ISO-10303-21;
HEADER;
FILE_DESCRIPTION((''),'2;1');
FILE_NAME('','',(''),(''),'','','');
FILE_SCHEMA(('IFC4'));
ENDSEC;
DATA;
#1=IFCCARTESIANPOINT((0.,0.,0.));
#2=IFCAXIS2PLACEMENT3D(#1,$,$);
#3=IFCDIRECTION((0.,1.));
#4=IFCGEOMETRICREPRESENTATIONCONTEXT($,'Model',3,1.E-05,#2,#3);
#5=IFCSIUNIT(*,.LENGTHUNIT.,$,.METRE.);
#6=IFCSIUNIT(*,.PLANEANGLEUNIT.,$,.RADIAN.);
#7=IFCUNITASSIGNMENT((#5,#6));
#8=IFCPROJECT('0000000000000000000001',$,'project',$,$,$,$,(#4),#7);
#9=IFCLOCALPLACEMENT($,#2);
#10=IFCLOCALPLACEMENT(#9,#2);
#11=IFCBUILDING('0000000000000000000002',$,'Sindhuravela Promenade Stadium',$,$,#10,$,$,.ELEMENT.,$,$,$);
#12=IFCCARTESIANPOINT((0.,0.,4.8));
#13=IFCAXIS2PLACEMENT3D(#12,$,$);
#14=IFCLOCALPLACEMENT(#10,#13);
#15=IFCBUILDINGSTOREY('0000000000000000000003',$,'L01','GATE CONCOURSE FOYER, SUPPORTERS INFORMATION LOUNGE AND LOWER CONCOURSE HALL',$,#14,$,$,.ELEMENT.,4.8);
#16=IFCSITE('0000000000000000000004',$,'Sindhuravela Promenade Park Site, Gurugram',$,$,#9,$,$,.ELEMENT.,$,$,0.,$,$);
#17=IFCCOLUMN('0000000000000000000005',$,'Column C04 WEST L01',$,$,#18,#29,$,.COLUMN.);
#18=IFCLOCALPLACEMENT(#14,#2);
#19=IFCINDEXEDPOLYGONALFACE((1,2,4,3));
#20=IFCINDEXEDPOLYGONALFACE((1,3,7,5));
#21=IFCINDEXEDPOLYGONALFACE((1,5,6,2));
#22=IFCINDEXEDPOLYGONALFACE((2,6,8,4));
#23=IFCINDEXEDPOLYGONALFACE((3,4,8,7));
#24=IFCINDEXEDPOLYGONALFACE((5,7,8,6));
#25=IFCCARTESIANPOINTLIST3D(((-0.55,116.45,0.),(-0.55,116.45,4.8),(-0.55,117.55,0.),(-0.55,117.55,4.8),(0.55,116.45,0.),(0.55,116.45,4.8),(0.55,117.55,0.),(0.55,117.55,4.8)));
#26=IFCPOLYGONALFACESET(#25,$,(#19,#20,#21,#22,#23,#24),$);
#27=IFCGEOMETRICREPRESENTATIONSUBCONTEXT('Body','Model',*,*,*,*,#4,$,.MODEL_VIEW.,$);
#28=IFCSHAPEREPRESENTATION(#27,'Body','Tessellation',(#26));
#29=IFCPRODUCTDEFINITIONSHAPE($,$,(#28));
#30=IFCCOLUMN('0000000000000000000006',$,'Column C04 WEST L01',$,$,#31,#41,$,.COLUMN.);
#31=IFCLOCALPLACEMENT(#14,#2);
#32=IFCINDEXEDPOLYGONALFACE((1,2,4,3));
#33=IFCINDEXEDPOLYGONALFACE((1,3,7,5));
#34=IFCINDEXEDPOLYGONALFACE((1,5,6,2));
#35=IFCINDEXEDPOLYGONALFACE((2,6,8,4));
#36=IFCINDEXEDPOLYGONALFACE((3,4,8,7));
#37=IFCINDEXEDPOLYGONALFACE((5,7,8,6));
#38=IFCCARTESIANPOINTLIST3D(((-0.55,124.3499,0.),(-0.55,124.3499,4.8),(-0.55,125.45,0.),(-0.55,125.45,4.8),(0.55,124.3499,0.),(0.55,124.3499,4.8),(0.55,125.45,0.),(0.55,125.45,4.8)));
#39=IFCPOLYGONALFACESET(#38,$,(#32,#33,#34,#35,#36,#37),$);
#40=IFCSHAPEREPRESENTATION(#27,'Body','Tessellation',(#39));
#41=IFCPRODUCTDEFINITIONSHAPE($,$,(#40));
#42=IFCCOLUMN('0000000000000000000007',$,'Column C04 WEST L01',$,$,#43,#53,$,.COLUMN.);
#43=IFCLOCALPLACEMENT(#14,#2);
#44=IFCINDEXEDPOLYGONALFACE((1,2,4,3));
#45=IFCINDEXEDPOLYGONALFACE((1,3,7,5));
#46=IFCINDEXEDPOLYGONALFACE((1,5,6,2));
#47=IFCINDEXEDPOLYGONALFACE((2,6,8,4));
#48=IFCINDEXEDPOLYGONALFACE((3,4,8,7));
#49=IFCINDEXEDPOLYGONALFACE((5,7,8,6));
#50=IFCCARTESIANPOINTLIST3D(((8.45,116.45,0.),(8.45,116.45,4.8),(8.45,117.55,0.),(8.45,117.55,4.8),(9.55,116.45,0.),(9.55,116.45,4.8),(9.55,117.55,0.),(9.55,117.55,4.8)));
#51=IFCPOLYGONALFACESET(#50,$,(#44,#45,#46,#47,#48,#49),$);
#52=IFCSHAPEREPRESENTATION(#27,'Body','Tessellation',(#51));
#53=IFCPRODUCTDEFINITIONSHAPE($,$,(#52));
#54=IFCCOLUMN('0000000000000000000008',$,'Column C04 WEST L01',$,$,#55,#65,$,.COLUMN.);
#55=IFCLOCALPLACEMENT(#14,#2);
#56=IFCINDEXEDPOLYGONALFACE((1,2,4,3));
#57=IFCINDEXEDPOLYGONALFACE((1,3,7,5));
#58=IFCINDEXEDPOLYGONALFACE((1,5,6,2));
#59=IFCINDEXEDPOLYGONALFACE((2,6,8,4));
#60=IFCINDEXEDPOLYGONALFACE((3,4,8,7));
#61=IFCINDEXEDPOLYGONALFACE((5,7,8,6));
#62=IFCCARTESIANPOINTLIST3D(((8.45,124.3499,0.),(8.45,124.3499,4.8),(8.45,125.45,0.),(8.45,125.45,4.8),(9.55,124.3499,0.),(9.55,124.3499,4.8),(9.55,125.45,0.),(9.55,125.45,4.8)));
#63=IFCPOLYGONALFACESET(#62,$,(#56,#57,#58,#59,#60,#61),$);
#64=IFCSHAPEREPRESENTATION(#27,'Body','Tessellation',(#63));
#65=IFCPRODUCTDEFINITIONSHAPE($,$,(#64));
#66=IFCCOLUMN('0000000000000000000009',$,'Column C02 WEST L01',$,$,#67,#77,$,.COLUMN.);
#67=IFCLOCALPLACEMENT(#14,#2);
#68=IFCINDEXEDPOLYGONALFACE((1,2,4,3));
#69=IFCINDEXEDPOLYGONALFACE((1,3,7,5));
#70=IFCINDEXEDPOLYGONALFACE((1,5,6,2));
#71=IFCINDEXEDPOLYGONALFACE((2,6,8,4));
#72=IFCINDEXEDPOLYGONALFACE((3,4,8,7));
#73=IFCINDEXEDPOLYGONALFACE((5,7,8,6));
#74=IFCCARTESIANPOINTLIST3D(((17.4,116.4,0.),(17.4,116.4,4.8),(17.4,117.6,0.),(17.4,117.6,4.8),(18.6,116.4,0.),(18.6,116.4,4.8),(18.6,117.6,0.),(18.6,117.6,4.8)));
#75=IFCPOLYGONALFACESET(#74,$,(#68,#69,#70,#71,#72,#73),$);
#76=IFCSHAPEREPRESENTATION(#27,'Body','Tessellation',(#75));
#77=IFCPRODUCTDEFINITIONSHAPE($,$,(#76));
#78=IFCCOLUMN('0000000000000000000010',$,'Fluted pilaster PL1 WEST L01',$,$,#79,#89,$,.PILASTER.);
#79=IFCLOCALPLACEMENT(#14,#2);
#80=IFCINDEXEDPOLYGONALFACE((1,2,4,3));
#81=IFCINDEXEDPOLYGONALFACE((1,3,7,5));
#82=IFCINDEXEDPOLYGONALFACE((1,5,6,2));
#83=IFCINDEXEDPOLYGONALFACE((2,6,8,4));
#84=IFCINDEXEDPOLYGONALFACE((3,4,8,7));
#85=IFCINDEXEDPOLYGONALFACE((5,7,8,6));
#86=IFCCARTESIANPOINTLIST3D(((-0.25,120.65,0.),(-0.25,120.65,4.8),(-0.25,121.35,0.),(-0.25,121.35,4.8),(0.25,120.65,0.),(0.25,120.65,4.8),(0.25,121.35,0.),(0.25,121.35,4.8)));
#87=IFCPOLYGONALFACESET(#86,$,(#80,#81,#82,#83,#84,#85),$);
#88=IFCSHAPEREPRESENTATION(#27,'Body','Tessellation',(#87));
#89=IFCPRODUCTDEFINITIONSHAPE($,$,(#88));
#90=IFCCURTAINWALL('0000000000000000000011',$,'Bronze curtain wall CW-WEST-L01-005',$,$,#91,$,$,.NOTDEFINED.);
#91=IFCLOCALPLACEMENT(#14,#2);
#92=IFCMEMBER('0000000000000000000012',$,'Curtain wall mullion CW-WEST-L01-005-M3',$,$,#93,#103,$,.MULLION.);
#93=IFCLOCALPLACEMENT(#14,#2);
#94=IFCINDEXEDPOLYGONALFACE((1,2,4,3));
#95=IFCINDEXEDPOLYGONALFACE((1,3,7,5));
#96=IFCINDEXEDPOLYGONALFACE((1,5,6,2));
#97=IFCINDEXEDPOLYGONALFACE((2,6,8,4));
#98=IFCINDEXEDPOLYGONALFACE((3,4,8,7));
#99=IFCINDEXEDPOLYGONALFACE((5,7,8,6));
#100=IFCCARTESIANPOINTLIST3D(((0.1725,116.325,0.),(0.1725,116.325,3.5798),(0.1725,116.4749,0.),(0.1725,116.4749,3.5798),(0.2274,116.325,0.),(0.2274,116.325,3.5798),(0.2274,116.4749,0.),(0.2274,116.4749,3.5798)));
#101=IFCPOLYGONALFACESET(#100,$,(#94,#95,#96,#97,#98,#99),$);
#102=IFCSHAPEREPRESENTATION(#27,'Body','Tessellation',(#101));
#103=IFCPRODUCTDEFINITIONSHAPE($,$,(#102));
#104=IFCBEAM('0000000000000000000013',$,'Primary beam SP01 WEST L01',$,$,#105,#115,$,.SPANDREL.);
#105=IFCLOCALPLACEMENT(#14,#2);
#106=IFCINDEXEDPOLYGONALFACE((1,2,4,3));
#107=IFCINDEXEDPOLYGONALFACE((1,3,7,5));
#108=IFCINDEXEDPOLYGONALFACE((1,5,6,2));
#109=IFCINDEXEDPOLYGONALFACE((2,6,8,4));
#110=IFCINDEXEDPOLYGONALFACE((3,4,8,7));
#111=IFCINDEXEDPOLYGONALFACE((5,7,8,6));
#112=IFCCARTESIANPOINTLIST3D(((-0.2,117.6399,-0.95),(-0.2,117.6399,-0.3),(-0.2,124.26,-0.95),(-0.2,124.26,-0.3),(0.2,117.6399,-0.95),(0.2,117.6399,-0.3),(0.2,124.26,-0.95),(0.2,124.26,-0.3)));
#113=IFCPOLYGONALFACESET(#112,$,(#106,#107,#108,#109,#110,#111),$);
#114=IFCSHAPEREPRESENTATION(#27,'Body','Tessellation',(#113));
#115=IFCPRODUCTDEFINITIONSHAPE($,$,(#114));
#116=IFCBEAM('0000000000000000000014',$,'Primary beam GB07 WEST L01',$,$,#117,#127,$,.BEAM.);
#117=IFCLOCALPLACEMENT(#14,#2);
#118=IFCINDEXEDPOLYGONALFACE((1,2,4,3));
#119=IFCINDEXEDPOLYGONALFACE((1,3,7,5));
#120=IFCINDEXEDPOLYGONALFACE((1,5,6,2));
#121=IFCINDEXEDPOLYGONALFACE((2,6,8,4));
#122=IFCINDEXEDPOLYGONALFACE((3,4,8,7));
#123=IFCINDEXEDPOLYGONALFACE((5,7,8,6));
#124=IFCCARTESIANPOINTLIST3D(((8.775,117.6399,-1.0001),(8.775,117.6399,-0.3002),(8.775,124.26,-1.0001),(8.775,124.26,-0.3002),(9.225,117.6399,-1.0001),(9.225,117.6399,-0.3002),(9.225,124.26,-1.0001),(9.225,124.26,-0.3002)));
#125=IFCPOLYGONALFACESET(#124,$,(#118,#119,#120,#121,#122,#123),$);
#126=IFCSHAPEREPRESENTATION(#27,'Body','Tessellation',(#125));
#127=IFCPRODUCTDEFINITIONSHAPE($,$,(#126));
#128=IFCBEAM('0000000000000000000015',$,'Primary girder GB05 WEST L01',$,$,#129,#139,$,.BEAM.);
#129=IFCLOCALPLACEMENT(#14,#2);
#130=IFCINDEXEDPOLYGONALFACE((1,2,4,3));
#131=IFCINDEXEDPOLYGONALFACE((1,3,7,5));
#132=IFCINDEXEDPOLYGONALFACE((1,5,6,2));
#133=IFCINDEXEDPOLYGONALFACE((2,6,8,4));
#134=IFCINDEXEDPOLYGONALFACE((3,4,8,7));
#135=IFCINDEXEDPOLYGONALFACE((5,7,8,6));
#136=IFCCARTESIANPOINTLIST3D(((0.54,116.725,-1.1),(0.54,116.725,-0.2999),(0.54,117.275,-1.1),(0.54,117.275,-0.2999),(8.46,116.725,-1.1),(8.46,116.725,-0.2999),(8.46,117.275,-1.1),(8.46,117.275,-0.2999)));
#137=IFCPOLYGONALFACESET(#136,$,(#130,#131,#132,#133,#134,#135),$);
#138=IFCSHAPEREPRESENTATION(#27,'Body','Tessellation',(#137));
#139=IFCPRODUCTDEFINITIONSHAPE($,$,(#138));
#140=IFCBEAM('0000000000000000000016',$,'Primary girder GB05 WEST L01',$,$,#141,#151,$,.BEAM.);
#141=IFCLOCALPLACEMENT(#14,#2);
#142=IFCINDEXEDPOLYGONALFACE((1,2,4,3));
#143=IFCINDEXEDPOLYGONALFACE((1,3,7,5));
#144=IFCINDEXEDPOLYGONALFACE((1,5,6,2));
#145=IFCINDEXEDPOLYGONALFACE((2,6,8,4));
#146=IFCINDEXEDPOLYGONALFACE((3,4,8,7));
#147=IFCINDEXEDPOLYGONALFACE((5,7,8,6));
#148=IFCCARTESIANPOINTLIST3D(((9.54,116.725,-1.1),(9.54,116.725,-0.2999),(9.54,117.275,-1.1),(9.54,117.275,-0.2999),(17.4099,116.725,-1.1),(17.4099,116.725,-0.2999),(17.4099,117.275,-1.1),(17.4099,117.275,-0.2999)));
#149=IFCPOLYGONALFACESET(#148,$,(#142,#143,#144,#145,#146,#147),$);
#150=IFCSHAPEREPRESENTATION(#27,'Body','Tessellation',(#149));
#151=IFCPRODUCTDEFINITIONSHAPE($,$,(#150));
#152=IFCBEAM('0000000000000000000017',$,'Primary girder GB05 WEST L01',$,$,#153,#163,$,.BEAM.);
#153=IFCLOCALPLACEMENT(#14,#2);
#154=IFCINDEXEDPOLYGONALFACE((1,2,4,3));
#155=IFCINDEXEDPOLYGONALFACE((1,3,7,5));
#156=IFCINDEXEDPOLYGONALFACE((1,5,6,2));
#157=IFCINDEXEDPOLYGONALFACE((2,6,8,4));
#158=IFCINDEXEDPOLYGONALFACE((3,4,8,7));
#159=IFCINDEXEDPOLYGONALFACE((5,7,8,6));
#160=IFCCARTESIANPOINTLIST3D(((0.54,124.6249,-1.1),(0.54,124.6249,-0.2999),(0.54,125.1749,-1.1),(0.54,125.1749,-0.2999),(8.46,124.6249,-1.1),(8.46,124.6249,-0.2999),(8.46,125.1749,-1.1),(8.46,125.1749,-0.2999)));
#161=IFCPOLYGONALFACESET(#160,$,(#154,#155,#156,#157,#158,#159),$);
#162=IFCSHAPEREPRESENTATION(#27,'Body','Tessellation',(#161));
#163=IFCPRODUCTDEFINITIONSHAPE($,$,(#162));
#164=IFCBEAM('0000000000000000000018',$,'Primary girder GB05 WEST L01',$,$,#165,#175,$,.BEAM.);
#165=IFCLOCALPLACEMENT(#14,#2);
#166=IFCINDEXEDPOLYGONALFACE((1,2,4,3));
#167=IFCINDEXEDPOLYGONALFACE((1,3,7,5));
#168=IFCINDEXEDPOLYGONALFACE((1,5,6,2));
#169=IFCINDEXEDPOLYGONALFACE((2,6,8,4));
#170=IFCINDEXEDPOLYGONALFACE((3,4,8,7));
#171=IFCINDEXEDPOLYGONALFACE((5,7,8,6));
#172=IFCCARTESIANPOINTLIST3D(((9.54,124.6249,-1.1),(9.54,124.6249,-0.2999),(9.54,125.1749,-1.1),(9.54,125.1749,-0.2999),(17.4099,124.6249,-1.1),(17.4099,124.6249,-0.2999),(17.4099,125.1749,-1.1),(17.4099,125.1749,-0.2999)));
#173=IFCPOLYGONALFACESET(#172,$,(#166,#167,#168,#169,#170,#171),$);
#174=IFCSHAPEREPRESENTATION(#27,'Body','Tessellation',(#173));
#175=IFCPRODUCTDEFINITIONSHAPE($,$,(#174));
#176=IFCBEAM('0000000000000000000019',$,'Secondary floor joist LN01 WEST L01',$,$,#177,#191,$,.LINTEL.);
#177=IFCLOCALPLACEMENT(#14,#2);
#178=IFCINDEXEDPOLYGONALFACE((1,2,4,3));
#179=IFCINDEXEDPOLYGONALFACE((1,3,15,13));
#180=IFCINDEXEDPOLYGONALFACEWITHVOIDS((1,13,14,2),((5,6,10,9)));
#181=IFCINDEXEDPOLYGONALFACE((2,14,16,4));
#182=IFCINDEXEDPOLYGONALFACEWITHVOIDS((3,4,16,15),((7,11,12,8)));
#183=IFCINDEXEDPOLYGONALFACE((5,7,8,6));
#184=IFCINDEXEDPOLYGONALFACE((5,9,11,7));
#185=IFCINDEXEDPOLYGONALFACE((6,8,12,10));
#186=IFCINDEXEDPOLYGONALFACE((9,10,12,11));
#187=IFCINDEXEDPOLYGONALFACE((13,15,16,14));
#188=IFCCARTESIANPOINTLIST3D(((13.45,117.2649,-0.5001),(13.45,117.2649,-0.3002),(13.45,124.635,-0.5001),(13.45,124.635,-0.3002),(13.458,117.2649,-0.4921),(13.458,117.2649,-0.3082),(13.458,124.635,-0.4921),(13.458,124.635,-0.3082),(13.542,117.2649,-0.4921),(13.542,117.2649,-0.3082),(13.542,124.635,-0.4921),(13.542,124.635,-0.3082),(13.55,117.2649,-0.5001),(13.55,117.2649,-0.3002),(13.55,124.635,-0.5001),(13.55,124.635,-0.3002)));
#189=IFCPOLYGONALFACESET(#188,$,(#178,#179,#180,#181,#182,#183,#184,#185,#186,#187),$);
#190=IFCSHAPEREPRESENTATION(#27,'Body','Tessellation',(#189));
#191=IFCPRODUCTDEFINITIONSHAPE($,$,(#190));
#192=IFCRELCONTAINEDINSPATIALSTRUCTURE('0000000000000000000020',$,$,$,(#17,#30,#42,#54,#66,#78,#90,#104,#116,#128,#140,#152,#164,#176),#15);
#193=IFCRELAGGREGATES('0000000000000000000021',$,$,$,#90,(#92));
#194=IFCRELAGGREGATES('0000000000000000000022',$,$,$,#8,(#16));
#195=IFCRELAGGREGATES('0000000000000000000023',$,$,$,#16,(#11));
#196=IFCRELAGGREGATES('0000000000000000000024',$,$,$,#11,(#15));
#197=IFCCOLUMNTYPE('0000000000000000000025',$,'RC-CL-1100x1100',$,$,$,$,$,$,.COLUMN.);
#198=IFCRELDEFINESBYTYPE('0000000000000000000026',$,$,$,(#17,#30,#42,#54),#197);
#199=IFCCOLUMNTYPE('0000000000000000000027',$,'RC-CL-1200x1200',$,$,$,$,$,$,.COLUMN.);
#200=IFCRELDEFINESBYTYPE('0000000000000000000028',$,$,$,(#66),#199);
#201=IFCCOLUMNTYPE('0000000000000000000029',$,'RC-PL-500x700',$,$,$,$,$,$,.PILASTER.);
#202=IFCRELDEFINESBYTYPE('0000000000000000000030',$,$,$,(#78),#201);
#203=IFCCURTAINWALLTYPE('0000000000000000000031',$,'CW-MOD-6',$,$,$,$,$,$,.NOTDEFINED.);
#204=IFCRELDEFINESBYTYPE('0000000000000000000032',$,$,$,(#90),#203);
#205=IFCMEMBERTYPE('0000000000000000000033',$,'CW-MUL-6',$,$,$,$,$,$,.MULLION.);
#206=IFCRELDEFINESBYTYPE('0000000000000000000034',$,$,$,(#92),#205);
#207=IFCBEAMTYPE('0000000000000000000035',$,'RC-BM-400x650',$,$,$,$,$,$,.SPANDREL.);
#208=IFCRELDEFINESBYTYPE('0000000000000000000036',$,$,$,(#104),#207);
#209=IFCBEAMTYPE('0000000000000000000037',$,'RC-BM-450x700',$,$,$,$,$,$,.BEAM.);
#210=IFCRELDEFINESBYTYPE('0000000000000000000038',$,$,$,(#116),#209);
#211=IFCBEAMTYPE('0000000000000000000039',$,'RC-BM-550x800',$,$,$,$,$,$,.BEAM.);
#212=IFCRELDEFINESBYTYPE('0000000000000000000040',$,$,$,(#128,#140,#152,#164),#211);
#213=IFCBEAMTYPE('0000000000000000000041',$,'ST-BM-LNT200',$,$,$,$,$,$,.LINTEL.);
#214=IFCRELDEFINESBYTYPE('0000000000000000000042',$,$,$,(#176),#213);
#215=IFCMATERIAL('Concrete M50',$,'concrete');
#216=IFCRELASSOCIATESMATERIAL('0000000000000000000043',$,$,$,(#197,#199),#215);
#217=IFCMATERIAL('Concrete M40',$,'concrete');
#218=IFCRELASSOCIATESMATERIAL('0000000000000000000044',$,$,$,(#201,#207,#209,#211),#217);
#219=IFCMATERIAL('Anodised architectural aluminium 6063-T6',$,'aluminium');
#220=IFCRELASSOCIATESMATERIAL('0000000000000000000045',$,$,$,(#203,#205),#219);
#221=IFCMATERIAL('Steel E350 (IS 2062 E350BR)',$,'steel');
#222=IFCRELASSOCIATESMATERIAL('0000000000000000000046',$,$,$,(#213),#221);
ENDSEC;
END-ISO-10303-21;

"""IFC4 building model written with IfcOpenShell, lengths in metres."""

from ifc_helpers import new_model, si_unit, direction, frame, origin, origin_2d, place, context, subcontext, project, spatial, rectangle, hollow_rectangle, extrude, material, material_profile, profile_set, type_object, element, aggregate, save


model = new_model("IFC4")

# Units and contexts
model_context = context("Model", 3, precision=1e-05, world=origin(), true_north=direction((0.0, 1.0)))
body_context = subcontext(model_context, "Body", "Model", "MODEL_VIEW")
ifc_project = project(units=[si_unit("LENGTHUNIT", "METRE"), si_unit("PLANEANGLEUNIT", "RADIAN")], contexts=[model_context])

# Site, building, storey
site_placement = place(None, origin())
site = spatial("IfcSite", under=ifc_project, at=site_placement, Name="Sindhuravela Promenade Park Site, Gurugram", CompositionType="ELEMENT", RefElevation=0.0)
building_placement = place(site_placement, origin())
building = spatial("IfcBuilding", under=site, at=building_placement, Name="Sindhuravela Promenade Stadium", CompositionType="ELEMENT")
storey_placement = place(building_placement, frame((0.0, 0.0, 4.8)))
storey = spatial("IfcBuildingStorey", under=building, at=storey_placement, Name="L01", Description="GATE CONCOURSE FOYER, SUPPORTERS INFORMATION LOUNGE AND LOWER CONCOURSE HALL", CompositionType="ELEMENT", Elevation=4.8)

# Columns
ifc_material_1 = material(Name="Concrete M50", Category="concrete")
ifc_material_profile_1 = material_profile(ifc_material_1, rectangle(XDim=1.1001, YDim=1.1001, at=origin_2d()), Name="RC 1100x1100")
ifc_profile_set_1 = profile_set([ifc_material_profile_1], Name="Concrete M50")
column_type_1 = type_object("IfcColumnType", Name="RC-CL-1100x1100", PredefinedType="COLUMN", material=ifc_profile_set_1)
for number, where, z_axis, x_axis, name in (
    (1, (0.0, 117.0, 0.0), (0.0, 0.0, 1.0), (1.0, 0.0, 0.0), "Column C04 WEST L01"),
    (2, (0.0, 124.8999, 0.0), (0.0, 0.0, 1.0), (1.0, 0.0, 0.0), "Column C04 WEST L01"),
    (3, (9.0, 117.0, 0.0), (0.0, 0.0, 1.0), (1.0, 0.0, 0.0), "Column C04 WEST L01"),
    (4, (9.0, 124.8999, 0.0), (0.0, 0.0, 1.0), (1.0, 0.0, 0.0), "Column C04 WEST L01"),
):
    element("IfcColumn", number, at=place(storey_placement, frame(where, z_axis=z_axis, x_axis=x_axis)), inside=storey, type_object=column_type_1, Name=name, PredefinedType="COLUMN", context=body_context, shape_type="SweptSolid", body=[
        extrude(rectangle(XDim=1.1001, YDim=1.1001, at=origin_2d()), origin(), (0.0, 0.0, 1.0), 4.8),
    ])
ifc_material_profile_2 = material_profile(ifc_material_1, rectangle(XDim=1.2, YDim=1.2, at=origin_2d()), Name="RC 1200x1200")
ifc_profile_set_2 = profile_set([ifc_material_profile_2], Name="Concrete M50")
column_type_2 = type_object("IfcColumnType", Name="RC-CL-1200x1200", PredefinedType="COLUMN", material=ifc_profile_set_2)
column_1_placement = place(storey_placement, frame((18.0, 117.0, 0.0), z_axis=(0.0, 0.0, 1.0), x_axis=(1.0, 0.0, 0.0)))
element("IfcColumn", 5, at=column_1_placement, inside=storey, type_object=column_type_2, Name="Column C02 WEST L01", PredefinedType="COLUMN", context=body_context, shape_type="SweptSolid", body=[
    extrude(rectangle(XDim=1.2, YDim=1.2, at=origin_2d()), origin(), (0.0, 0.0, 1.0), 4.8),
])
ifc_material_2 = material(Name="Concrete M40", Category="concrete")
ifc_material_profile_3 = material_profile(ifc_material_2, rectangle(XDim=0.5, YDim=0.7, at=origin_2d()), Name="PIL 500x700")
ifc_profile_set_3 = profile_set([ifc_material_profile_3], Name="Concrete M40")
column_type_3 = type_object("IfcColumnType", Name="RC-PL-500x700", PredefinedType="PILASTER", material=ifc_profile_set_3)
column_2_placement = place(storey_placement, frame((0.0, 121.0, 0.0), z_axis=(0.0, 0.0, 1.0), x_axis=(1.0, 0.0, 0.0)))
element("IfcColumn", 6, at=column_2_placement, inside=storey, type_object=column_type_3, Name="Fluted pilaster PL1 WEST L01", PredefinedType="PILASTER", context=body_context, shape_type="SweptSolid", body=[
    extrude(rectangle(XDim=0.5, YDim=0.7, at=origin_2d()), origin(), (0.0, 0.0, 1.0), 4.8),
])

# Curtain wall, member
ifc_material_3 = material(Name="Anodised architectural aluminium 6063-T6", Category="aluminium")
curtain_wall_type = type_object("IfcCurtainWallType", Name="CW-MOD-6", PredefinedType="NOTDEFINED", material=ifc_material_3)
curtain_wall_placement = place(storey_placement, origin())
curtain_wall = element("IfcCurtainWall", 7, at=curtain_wall_placement, inside=storey, type_object=curtain_wall_type, Name="Bronze curtain wall CW-WEST-L01-005", PredefinedType="NOTDEFINED")
ifc_material_profile_4 = material_profile(ifc_material_3, rectangle(XDim=0.0549, YDim=0.1499, at=origin_2d()), Name="ALU M55x150")
ifc_profile_set_4 = profile_set([ifc_material_profile_4], Name="Anodised architectural aluminium 6063-T6")
member_type = type_object("IfcMemberType", Name="CW-MUL-6", PredefinedType="MULLION", material=ifc_profile_set_4)
member_placement = place(storey_placement, frame((0.2, 116.3999, 0.0), z_axis=(0.0, 0.0, 1.0), x_axis=(1.0, 0.0, 0.0)))
member = element("IfcMember", 8, at=member_placement, type_object=member_type, Name="Curtain wall mullion CW-WEST-L01-005-M3", PredefinedType="MULLION", context=body_context, shape_type="SweptSolid", body=[
    extrude(rectangle(XDim=0.0549, YDim=0.1499, at=origin_2d()), origin(), (0.0, 0.0, 1.0), 3.5798),
])

# Beams
ifc_material_profile_5 = material_profile(ifc_material_2, rectangle(XDim=0.3999, YDim=0.6499, at=origin_2d()), Name="RC 400x650")
ifc_profile_set_5 = profile_set([ifc_material_profile_5], Name="Concrete M40")
beam_type_1 = type_object("IfcBeamType", Name="RC-BM-400x650", PredefinedType="SPANDREL", material=ifc_profile_set_5)
beam_1_placement = place(storey_placement, frame((0.0, 117.6399, -0.625), z_axis=(0.0, 1.0, 0.0), x_axis=(-1.0, 0.0, 0.0)))
element("IfcBeam", 9, at=beam_1_placement, inside=storey, type_object=beam_type_1, Name="Primary beam SP01 WEST L01", PredefinedType="SPANDREL", context=body_context, shape_type="SweptSolid", body=[
    extrude(rectangle(XDim=0.3999, YDim=0.6499, at=origin_2d()), origin(), (0.0, 0.0, 1.0), 6.6201),
])
ifc_material_profile_6 = material_profile(ifc_material_2, rectangle(XDim=0.45, YDim=0.7, at=origin_2d()), Name="RC 450x700")
ifc_profile_set_6 = profile_set([ifc_material_profile_6], Name="Concrete M40")
beam_type_2 = type_object("IfcBeamType", Name="RC-BM-450x700", PredefinedType="BEAM", material=ifc_profile_set_6)
beam_2_placement = place(storey_placement, frame((9.0, 117.6399, -0.6501), z_axis=(0.0, 1.0, 0.0), x_axis=(-1.0, 0.0, 0.0)))
element("IfcBeam", 10, at=beam_2_placement, inside=storey, type_object=beam_type_2, Name="Primary beam GB07 WEST L01", PredefinedType="BEAM", context=body_context, shape_type="SweptSolid", body=[
    extrude(rectangle(XDim=0.45, YDim=0.7, at=origin_2d()), origin(), (0.0, 0.0, 1.0), 6.6201),
])
ifc_material_profile_7 = material_profile(ifc_material_2, rectangle(XDim=0.55, YDim=0.8, at=origin_2d()), Name="RC 550x800")
ifc_profile_set_7 = profile_set([ifc_material_profile_7], Name="Concrete M40")
beam_type_3 = type_object("IfcBeamType", Name="RC-BM-550x800", PredefinedType="BEAM", material=ifc_profile_set_7)
beam_3_placement = place(storey_placement, frame((0.54, 117.0, -0.7), z_axis=(1.0, 0.0, 0.0), x_axis=(0.0, 1.0, 0.0)))
element("IfcBeam", 11, at=beam_3_placement, inside=storey, type_object=beam_type_3, Name="Primary girder GB05 WEST L01", PredefinedType="BEAM", context=body_context, shape_type="SweptSolid", body=[
    extrude(rectangle(XDim=0.55, YDim=0.8, at=origin_2d()), origin(), (0.0, 0.0, 1.0), 7.9199),
])
beam_4_placement = place(storey_placement, frame((9.54, 117.0, -0.7), z_axis=(1.0, 0.0, 0.0), x_axis=(0.0, 1.0, 0.0)))
element("IfcBeam", 12, at=beam_4_placement, inside=storey, type_object=beam_type_3, Name="Primary girder GB05 WEST L01", PredefinedType="BEAM", context=body_context, shape_type="SweptSolid", body=[
    extrude(rectangle(XDim=0.55, YDim=0.8, at=origin_2d()), origin(), (0.0, 0.0, 1.0), 7.8699),
])
beam_5_placement = place(storey_placement, frame((0.54, 124.8999, -0.7), z_axis=(1.0, 0.0, 0.0), x_axis=(0.0, 1.0, 0.0)))
element("IfcBeam", 13, at=beam_5_placement, inside=storey, type_object=beam_type_3, Name="Primary girder GB05 WEST L01", PredefinedType="BEAM", context=body_context, shape_type="SweptSolid", body=[
    extrude(rectangle(XDim=0.55, YDim=0.8, at=origin_2d()), origin(), (0.0, 0.0, 1.0), 7.9199),
])
beam_6_placement = place(storey_placement, frame((9.54, 124.8999, -0.7), z_axis=(1.0, 0.0, 0.0), x_axis=(0.0, 1.0, 0.0)))
element("IfcBeam", 14, at=beam_6_placement, inside=storey, type_object=beam_type_3, Name="Primary girder GB05 WEST L01", PredefinedType="BEAM", context=body_context, shape_type="SweptSolid", body=[
    extrude(rectangle(XDim=0.55, YDim=0.8, at=origin_2d()), origin(), (0.0, 0.0, 1.0), 7.8699),
])
ifc_material_4 = material(Name="Steel E350 (IS 2062 E350BR)", Category="steel")
ifc_material_profile_8 = material_profile(ifc_material_4, hollow_rectangle(XDim=0.1001, YDim=0.2, WallThickness=0.0081, at=origin_2d()), Name="RHS 200x100x8")
ifc_profile_set_8 = profile_set([ifc_material_profile_8], Name="Steel E350 (IS 2062 E350BR)")
beam_type_4 = type_object("IfcBeamType", Name="ST-BM-LNT200", PredefinedType="LINTEL", material=ifc_profile_set_8)
beam_7_placement = place(storey_placement, frame((13.5, 117.2649, -0.4001), z_axis=(0.0, 1.0, 0.0), x_axis=(-1.0, 0.0, 0.0)))
element("IfcBeam", 15, at=beam_7_placement, inside=storey, type_object=beam_type_4, Name="Secondary floor joist LN01 WEST L01", PredefinedType="LINTEL", context=body_context, shape_type="SweptSolid", body=[
    extrude(hollow_rectangle(XDim=0.1001, YDim=0.2, WallThickness=0.0081, at=origin_2d()), origin(), (0.0, 0.0, 1.0), 7.3701),
])

aggregate(curtain_wall, [member])

save(model, "model.ifc")
